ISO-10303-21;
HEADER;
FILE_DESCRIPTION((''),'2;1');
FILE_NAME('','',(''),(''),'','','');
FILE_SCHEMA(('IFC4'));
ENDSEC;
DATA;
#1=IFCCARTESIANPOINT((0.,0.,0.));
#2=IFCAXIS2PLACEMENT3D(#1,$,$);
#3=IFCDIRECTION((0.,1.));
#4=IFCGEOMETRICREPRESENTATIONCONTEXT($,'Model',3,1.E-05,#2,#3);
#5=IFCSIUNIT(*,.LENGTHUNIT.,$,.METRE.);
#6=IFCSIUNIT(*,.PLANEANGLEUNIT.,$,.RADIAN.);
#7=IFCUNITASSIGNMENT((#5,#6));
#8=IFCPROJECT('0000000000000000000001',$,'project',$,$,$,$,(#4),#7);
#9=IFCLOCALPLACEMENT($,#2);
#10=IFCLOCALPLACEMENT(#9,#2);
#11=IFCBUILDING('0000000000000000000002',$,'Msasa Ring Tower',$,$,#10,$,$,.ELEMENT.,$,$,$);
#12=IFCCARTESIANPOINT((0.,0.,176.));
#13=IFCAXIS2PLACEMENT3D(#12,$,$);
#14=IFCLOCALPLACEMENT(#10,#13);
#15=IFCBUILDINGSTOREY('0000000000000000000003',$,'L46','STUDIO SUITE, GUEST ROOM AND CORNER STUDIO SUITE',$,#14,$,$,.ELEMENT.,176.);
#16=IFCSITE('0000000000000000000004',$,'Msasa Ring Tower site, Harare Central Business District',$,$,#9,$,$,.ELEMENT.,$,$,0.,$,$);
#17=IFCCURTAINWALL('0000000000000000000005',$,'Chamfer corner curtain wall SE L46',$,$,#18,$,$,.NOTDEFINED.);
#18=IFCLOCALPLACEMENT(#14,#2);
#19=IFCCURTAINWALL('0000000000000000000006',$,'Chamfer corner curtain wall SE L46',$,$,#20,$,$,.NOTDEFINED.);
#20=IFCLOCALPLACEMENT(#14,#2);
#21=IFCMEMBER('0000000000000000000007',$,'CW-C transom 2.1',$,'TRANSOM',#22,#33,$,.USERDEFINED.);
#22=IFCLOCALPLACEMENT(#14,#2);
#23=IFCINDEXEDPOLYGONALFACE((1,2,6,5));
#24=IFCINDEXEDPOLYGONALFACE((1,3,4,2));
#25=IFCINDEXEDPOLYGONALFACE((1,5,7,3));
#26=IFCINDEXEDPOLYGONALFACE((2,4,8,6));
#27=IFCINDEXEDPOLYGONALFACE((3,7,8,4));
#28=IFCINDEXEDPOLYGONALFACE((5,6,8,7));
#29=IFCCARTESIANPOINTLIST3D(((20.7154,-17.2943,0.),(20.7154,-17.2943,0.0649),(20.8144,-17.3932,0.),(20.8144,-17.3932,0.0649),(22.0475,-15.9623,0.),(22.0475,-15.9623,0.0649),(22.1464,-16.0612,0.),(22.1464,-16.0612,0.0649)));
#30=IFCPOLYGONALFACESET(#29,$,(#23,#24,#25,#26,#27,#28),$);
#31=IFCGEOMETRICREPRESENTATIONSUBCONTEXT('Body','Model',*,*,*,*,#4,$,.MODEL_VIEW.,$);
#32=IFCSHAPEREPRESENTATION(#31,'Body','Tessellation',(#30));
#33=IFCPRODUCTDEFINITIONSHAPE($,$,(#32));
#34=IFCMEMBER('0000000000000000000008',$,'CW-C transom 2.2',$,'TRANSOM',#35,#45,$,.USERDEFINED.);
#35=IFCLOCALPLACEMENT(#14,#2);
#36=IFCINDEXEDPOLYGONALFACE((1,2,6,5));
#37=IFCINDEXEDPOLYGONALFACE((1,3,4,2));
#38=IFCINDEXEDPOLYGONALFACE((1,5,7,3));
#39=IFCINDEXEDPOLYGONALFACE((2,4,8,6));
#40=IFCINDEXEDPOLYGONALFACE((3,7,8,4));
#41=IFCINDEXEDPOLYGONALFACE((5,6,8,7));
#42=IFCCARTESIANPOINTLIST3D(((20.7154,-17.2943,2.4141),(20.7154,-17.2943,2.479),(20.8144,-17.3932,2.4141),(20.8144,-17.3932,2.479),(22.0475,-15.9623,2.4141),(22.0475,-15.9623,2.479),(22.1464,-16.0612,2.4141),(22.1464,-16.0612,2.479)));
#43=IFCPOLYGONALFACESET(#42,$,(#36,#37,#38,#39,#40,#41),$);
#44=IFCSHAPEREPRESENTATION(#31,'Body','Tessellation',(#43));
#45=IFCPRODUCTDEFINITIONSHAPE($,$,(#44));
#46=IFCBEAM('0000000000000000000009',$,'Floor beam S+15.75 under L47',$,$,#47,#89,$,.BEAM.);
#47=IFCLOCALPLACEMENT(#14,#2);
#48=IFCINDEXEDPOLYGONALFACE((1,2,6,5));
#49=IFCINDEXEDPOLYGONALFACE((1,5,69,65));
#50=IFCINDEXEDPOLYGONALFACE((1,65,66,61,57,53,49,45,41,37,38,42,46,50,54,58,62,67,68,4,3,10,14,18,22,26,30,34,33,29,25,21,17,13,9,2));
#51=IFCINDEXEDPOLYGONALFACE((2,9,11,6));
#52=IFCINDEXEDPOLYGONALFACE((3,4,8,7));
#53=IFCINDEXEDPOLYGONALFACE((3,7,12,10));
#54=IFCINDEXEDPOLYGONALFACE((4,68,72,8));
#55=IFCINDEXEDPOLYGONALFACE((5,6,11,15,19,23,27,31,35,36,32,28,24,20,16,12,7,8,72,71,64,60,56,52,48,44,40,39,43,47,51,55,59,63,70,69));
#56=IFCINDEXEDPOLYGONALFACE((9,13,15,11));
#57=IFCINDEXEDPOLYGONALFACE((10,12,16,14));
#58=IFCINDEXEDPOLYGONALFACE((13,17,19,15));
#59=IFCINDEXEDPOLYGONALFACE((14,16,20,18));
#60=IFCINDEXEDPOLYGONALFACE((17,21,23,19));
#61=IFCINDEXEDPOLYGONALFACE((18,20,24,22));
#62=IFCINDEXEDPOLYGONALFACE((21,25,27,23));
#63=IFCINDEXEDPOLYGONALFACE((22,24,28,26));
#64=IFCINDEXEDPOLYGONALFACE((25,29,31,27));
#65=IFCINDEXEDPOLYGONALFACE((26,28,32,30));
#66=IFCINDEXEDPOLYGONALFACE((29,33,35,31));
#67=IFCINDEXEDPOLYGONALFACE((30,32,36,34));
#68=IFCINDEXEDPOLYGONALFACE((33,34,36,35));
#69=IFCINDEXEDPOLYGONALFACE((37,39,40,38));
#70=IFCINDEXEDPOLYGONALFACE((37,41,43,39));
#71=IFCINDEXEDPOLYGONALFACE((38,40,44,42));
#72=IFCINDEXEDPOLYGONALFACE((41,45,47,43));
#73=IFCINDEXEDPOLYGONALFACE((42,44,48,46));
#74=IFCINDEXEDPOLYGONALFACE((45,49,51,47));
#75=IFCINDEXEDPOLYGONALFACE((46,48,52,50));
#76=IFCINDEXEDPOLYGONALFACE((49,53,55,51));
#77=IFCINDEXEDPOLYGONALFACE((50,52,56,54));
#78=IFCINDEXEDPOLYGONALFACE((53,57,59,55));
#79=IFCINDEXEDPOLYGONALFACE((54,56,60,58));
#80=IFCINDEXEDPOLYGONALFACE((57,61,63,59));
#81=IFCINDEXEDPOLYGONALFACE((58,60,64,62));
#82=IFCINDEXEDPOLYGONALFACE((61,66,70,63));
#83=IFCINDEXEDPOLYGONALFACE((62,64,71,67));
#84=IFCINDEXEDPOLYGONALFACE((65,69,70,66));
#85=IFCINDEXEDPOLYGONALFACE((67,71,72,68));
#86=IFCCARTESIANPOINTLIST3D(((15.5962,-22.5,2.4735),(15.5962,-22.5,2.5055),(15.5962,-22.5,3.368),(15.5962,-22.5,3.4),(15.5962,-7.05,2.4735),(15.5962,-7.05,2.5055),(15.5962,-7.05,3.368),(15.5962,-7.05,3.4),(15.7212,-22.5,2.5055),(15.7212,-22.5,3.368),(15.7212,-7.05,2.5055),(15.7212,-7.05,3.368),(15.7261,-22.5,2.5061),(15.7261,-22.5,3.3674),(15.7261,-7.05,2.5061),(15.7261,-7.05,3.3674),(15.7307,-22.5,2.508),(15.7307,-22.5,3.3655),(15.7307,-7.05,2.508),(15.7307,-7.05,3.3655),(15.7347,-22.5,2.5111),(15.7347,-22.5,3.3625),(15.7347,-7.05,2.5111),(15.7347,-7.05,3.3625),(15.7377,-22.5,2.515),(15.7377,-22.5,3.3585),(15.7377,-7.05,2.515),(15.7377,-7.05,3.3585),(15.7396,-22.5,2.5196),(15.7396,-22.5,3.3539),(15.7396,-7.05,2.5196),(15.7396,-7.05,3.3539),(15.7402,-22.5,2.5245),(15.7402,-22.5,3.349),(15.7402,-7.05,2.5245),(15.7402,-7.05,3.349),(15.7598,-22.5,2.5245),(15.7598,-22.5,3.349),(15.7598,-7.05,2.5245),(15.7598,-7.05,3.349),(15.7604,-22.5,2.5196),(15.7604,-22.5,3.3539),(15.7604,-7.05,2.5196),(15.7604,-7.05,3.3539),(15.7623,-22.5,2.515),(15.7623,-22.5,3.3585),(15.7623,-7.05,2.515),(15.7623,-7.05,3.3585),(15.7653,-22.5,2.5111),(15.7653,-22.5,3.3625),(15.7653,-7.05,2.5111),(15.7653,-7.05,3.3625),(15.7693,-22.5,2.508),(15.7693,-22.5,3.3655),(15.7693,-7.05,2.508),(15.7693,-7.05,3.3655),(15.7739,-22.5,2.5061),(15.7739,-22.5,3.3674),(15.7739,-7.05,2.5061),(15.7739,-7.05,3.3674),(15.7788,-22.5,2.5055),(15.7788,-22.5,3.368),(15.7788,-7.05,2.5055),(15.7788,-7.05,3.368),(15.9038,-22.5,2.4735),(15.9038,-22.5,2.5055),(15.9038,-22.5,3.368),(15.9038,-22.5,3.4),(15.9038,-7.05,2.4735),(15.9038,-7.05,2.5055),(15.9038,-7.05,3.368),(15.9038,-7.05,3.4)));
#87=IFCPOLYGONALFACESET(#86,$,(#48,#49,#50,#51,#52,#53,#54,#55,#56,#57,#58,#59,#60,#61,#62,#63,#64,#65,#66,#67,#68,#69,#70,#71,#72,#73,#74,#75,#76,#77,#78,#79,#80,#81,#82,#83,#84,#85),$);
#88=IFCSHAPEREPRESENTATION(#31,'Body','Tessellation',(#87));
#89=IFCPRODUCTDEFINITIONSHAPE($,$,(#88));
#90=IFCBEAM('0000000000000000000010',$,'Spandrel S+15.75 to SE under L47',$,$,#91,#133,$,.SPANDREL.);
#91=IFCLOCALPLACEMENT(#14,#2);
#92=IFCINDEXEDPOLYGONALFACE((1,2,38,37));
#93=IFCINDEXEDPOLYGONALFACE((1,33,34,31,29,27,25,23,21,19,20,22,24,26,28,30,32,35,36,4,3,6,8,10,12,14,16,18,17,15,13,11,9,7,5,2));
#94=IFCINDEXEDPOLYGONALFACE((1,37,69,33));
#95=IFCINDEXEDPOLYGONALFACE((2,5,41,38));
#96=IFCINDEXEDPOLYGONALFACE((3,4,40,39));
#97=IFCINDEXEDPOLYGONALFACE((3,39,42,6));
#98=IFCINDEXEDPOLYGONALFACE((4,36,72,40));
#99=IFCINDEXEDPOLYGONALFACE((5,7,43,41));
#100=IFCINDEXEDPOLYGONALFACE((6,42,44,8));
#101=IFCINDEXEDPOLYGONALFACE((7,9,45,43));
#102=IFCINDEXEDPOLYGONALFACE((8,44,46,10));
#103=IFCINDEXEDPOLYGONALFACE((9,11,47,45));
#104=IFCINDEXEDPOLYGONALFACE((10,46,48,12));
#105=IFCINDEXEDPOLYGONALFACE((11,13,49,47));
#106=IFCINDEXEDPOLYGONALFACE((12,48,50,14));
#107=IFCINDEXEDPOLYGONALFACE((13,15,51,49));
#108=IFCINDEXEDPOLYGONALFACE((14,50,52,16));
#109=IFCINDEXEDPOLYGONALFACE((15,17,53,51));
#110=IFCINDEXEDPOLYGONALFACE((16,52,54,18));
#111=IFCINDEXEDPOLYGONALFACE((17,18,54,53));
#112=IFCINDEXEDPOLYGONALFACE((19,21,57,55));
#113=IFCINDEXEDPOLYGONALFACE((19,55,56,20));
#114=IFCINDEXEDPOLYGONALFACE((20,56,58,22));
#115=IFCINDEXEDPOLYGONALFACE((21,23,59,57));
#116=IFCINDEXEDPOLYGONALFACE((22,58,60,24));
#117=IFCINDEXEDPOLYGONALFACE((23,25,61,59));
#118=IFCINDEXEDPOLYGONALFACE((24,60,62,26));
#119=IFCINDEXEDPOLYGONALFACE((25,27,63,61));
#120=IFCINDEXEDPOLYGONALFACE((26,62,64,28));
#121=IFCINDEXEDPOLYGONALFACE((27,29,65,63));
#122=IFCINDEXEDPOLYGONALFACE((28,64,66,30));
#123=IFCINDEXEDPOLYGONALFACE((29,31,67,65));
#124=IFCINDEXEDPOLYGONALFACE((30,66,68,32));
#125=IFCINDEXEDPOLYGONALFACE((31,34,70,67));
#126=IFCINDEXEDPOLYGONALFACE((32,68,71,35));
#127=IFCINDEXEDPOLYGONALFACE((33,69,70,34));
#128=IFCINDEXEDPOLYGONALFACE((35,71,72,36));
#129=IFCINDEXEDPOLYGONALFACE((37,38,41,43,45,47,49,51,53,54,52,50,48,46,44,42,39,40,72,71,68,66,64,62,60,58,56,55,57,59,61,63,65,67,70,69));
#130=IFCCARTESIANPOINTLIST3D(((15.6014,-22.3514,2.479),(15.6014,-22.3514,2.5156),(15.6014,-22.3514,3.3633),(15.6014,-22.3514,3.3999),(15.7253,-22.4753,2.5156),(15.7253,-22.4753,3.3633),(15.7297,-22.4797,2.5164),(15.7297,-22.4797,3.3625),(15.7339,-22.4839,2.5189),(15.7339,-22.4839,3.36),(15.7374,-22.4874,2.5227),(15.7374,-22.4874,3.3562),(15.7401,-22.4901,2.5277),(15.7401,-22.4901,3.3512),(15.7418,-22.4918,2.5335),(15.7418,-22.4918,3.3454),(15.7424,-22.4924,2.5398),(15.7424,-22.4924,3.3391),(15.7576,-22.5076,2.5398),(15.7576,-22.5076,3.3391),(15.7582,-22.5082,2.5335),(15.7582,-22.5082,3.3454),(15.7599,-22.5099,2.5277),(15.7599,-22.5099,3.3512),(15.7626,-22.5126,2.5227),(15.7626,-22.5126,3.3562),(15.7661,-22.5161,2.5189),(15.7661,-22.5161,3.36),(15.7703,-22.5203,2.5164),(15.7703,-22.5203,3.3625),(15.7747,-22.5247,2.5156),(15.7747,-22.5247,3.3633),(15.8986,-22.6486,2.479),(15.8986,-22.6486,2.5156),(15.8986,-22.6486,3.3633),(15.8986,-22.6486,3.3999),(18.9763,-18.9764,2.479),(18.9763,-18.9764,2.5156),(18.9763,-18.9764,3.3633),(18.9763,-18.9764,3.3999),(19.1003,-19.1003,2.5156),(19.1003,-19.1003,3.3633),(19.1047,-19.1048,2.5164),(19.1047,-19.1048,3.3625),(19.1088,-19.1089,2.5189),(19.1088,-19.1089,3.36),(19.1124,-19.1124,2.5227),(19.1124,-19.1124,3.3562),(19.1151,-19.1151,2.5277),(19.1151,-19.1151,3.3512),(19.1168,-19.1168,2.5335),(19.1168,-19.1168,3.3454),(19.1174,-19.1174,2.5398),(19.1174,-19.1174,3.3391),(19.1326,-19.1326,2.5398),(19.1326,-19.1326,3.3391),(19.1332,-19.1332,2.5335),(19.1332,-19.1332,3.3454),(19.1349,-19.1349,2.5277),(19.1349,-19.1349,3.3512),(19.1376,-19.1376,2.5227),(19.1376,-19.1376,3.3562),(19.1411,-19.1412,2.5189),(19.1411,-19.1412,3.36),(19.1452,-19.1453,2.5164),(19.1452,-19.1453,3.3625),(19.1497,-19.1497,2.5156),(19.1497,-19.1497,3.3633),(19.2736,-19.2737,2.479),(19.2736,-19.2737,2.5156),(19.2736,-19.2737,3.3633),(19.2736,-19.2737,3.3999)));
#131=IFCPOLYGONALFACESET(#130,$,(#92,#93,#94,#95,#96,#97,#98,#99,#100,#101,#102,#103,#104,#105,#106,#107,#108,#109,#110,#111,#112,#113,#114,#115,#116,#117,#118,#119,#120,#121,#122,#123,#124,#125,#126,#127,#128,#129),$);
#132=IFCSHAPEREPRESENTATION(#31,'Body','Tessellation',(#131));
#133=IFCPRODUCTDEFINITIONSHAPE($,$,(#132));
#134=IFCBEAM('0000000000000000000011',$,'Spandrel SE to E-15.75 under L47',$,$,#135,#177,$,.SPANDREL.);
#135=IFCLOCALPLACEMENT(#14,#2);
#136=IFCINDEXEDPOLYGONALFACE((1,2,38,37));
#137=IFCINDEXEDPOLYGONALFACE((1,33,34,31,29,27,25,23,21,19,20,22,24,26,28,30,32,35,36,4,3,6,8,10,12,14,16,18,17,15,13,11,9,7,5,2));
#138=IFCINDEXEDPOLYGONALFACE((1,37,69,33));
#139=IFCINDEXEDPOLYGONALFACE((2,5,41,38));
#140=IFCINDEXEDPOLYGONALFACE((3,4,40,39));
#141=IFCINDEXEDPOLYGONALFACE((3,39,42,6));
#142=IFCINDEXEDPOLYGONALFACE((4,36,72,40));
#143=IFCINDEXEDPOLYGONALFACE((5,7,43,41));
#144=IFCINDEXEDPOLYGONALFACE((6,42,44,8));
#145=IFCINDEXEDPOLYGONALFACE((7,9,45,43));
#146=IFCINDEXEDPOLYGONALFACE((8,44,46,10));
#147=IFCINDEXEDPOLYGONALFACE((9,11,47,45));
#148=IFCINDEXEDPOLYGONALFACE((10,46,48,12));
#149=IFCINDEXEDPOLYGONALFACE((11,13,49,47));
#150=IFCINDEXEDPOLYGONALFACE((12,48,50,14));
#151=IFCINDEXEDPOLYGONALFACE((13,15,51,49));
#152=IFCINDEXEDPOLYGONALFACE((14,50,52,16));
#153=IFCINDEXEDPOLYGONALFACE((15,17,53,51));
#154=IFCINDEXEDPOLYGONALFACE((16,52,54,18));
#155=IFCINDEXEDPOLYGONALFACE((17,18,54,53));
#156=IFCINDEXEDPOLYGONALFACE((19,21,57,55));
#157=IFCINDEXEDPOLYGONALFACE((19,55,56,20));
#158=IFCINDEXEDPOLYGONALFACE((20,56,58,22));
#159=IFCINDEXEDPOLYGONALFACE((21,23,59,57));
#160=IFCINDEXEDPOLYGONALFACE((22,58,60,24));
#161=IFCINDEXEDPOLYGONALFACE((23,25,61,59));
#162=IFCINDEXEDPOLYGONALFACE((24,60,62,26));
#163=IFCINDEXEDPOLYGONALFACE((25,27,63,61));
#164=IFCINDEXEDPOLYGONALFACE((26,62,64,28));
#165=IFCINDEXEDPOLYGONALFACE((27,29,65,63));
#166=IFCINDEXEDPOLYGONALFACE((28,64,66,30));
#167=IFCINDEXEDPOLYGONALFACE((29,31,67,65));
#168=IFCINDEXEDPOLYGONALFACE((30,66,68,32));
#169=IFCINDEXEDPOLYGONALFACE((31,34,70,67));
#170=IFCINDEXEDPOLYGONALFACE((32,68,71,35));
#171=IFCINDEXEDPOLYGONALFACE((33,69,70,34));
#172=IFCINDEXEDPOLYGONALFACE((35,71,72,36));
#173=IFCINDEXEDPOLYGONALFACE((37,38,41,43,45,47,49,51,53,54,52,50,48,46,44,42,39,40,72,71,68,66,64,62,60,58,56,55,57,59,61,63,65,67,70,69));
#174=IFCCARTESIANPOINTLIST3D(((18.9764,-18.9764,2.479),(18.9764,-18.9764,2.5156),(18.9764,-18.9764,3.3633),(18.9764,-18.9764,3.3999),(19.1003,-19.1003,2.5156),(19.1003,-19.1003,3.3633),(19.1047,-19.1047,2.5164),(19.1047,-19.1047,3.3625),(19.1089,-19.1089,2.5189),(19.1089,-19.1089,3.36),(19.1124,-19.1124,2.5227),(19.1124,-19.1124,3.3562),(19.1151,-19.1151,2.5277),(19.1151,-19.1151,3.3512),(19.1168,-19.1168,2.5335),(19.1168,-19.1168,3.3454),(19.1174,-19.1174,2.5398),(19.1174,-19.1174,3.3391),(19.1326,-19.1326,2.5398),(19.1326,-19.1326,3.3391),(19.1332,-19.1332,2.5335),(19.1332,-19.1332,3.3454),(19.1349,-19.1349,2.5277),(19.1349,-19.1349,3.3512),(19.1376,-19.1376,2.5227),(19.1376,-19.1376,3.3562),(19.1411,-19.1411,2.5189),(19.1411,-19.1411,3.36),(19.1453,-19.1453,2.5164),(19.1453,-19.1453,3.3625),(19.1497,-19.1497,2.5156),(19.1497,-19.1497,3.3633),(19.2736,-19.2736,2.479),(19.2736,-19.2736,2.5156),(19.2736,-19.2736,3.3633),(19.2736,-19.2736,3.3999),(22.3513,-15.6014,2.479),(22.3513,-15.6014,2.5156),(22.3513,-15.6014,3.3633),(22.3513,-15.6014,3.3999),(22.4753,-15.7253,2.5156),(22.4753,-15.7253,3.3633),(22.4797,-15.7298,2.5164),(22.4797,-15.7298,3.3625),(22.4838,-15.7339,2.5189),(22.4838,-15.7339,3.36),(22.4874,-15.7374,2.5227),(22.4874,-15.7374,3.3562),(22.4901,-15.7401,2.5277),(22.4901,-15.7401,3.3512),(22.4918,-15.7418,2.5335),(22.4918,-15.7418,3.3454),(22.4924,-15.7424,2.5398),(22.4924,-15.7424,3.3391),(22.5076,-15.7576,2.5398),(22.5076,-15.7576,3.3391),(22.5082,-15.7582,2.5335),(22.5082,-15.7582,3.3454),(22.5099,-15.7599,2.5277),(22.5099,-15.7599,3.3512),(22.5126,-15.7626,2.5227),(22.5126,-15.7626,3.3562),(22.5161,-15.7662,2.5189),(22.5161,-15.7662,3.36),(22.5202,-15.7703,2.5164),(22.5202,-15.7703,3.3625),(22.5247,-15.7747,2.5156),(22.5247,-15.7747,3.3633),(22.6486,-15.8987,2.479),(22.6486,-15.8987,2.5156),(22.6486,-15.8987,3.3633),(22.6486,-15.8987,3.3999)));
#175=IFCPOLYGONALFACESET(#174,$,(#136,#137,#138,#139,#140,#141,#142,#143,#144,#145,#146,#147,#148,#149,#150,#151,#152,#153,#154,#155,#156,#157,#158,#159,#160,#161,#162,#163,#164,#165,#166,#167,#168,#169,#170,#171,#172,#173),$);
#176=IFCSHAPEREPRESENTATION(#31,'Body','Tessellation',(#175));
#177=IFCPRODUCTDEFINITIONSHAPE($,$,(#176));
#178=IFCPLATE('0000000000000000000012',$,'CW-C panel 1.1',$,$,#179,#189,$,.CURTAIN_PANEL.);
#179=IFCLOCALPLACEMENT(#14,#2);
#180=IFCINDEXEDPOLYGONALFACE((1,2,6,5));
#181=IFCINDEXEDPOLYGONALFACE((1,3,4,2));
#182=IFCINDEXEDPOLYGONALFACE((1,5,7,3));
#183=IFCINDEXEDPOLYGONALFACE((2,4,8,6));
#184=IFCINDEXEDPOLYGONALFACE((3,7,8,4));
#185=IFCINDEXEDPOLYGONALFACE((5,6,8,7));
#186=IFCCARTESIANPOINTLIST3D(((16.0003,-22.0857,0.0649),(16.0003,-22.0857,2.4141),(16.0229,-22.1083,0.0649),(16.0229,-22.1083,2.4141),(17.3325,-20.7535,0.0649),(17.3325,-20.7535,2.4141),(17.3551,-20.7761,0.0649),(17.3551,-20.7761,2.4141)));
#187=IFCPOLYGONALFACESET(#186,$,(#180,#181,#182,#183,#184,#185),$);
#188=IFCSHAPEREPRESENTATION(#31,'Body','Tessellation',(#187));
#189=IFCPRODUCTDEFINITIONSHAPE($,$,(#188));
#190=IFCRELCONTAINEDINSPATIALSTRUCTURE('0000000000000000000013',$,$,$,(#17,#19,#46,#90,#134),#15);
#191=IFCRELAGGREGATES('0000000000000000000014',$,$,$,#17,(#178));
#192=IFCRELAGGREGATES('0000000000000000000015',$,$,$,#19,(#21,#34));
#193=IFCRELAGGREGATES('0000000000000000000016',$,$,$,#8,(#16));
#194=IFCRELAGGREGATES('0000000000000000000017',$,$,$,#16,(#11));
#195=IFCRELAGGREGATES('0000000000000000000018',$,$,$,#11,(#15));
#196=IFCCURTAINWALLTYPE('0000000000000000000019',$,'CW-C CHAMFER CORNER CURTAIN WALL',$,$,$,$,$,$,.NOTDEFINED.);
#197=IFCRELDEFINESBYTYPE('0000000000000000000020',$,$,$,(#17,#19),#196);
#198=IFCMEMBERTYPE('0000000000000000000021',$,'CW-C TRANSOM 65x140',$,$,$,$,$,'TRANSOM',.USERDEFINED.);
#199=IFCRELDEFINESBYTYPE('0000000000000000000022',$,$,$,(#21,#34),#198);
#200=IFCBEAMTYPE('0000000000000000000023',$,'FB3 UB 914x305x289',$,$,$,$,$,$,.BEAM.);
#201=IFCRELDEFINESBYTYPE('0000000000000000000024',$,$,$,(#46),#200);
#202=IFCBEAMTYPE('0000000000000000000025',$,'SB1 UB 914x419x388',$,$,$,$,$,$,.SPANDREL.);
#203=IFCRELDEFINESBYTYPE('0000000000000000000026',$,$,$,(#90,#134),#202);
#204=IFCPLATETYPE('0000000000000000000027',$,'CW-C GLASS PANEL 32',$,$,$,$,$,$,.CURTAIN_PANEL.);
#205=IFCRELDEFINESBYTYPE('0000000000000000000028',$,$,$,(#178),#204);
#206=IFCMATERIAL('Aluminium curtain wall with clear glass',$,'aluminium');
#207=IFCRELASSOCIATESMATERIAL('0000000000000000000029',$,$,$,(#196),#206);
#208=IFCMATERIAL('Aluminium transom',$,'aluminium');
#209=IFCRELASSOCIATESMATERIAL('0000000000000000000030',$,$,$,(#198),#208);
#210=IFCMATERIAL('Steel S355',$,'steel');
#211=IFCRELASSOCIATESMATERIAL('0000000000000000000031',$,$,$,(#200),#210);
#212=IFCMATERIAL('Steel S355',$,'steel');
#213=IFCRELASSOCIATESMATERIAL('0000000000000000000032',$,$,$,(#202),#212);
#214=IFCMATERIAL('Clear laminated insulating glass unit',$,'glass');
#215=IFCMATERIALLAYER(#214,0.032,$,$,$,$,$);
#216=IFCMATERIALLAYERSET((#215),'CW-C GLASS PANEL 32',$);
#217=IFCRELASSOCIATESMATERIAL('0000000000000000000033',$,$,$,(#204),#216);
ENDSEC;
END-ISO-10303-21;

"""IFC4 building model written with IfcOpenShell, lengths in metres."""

from ifc_helpers import new_model, si_unit, direction, frame, origin, origin_2d, place, context, subcontext, project, spatial, rectangle, i_section, extrude, material, layer, layer_set, material_profile, profile_set, type_object, element, aggregate, save


model = new_model("IFC4")

# Units and contexts
model_context = context("Model", 3, precision=1e-05, world=origin(), true_north=direction((0.0, 1.0)))
body_context = subcontext(model_context, "Body", "Model", "MODEL_VIEW")
ifc_project = project(units=[si_unit("LENGTHUNIT", "METRE"), si_unit("PLANEANGLEUNIT", "RADIAN")], contexts=[model_context])

# Site, building, storey
site_placement = place(None, origin())
site = spatial("IfcSite", under=ifc_project, at=site_placement, Name="Msasa Ring Tower site, Harare Central Business District", CompositionType="ELEMENT", RefElevation=0.0)
building_placement = place(site_placement, origin())
building = spatial("IfcBuilding", under=site, at=building_placement, Name="Msasa Ring Tower", CompositionType="ELEMENT")
storey_placement = place(building_placement, frame((0.0, 0.0, 176.0)))
storey = spatial("IfcBuildingStorey", under=building, at=storey_placement, Name="L46", Description="STUDIO SUITE, GUEST ROOM AND CORNER STUDIO SUITE", CompositionType="ELEMENT", Elevation=176.0)

# Curtain walls
ifc_material_1 = material(Name="Aluminium curtain wall with clear glass", Category="aluminium")
curtain_wall_type = type_object("IfcCurtainWallType", Name="CW-C CHAMFER CORNER CURTAIN WALL", PredefinedType="NOTDEFINED", material=ifc_material_1)
curtain_wall_1_placement = place(storey_placement, origin())
curtain_wall_1 = element("IfcCurtainWall", 1, at=curtain_wall_1_placement, inside=storey, type_object=curtain_wall_type, Name="Chamfer corner curtain wall SE L46", PredefinedType="NOTDEFINED")
curtain_wall_2_placement = place(storey_placement, origin())
curtain_wall_2 = element("IfcCurtainWall", 2, at=curtain_wall_2_placement, inside=storey, type_object=curtain_wall_type, Name="Chamfer corner curtain wall SE L46", PredefinedType="NOTDEFINED")

# Members
ifc_material_2 = material(Name="Aluminium transom", Category="aluminium")
ifc_material_profile_1 = material_profile(ifc_material_2, rectangle(XDim=0.1399, YDim=0.0649, at=origin_2d()), Name="AL 65x140")
ifc_profile_set_1 = profile_set([ifc_material_profile_1], Name="Aluminium transom")
member_type_1 = type_object("IfcMemberType", Name="CW-C TRANSOM 65x140", ElementType="TRANSOM", PredefinedType="USERDEFINED", material=ifc_profile_set_1)
member_1_placement = place(storey_placement, frame((20.7649, -17.3438, 0.0325), z_axis=(0.707107, 0.707107, 0.0), x_axis=(-0.707107, 0.707107, 0.0)))
member_1 = element("IfcMember", 3, at=member_1_placement, type_object=member_type_1, Name="CW-C transom 2.1", ObjectType="TRANSOM", PredefinedType="USERDEFINED", context=body_context, shape_type="SweptSolid", body=[
    extrude(rectangle(XDim=0.1399, YDim=0.0649, at=origin_2d()), origin(), (0.0, 0.0, 1.0), 1.8838),
])
member_2_placement = place(storey_placement, frame((20.7649, -17.3438, 2.4465), z_axis=(0.707107, 0.707107, 0.0), x_axis=(-0.707107, 0.707107, 0.0)))
member_2 = element("IfcMember", 4, at=member_2_placement, type_object=member_type_1, Name="CW-C transom 2.2", ObjectType="TRANSOM", PredefinedType="USERDEFINED", context=body_context, shape_type="SweptSolid", body=[
    extrude(rectangle(XDim=0.1399, YDim=0.0649, at=origin_2d()), origin(), (0.0, 0.0, 1.0), 1.8838),
])

# Beams
ifc_material_3 = material(Name="Steel S355", Category="steel")
ifc_material_profile_2 = material_profile(ifc_material_3, i_section(OverallWidth=0.3076, OverallDepth=0.9265, WebThickness=0.0195, FlangeThickness=0.032, FilletRadius=0.019, at=origin_2d()), Name="UB 914x305x289")
ifc_profile_set_2 = profile_set([ifc_material_profile_2], Name="Steel S355")
beam_type_1 = type_object("IfcBeamType", Name="FB3 UB 914x305x289", PredefinedType="BEAM", material=ifc_profile_set_2)
beam_placement = place(storey_placement, frame((15.75, -22.5, 2.9368), z_axis=(0.0, 1.0, 0.0), x_axis=(-1.0, 0.0, 0.0)))
element("IfcBeam", 5, at=beam_placement, inside=storey, type_object=beam_type_1, Name="Floor beam S+15.75 under L47", PredefinedType="BEAM", context=body_context, shape_type="SweptSolid", body=[
    extrude(i_section(OverallWidth=0.3076, OverallDepth=0.9265, WebThickness=0.0195, FlangeThickness=0.032, FilletRadius=0.019, at=origin_2d()), origin(), (0.0, 0.0, 1.0), 15.45),
])
ifc_material_4 = material(Name="Steel S355", Category="steel")
ifc_material_profile_3 = material_profile(ifc_material_4, i_section(OverallWidth=0.4204, OverallDepth=0.9209, WebThickness=0.0215, FlangeThickness=0.0366, FilletRadius=0.0242, at=origin_2d()), Name="UB 914x419x388")
ifc_profile_set_3 = profile_set([ifc_material_profile_3], Name="Steel S355")
beam_type_2 = type_object("IfcBeamType", Name="SB1 UB 914x419x388", PredefinedType="SPANDREL", material=ifc_profile_set_3)
for number, where, z_axis, x_axis, name in (
    (6, (15.75, -22.5, 2.9395), (0.707107, 0.707107, 0.0), (-0.707107, 0.707107, 0.0), "Spandrel S+15.75 to SE under L47"),
    (7, (19.125, -19.125, 2.9395), (0.707107, 0.707107, 0.0), (-0.707107, 0.707107, 0.0), "Spandrel SE to E-15.75 under L47"),
):
    element("IfcBeam", number, at=place(storey_placement, frame(where, z_axis=z_axis, x_axis=x_axis)), inside=storey, type_object=beam_type_2, Name=name, PredefinedType="SPANDREL", context=body_context, shape_type="SweptSolid", body=[
        extrude(i_section(OverallWidth=0.4204, OverallDepth=0.9209, WebThickness=0.0215, FlangeThickness=0.0366, FilletRadius=0.0242, at=origin_2d()), origin(), (0.0, 0.0, 1.0), 4.7729),
    ])

# Plate
ifc_material_5 = material(Name="Clear laminated insulating glass unit", Category="glass")
ifc_layer_1 = layer(ifc_material_5, 0.032)
ifc_layer_set_1 = layer_set([ifc_layer_1], Name="CW-C GLASS PANEL 32")
plate_type = type_object("IfcPlateType", Name="CW-C GLASS PANEL 32", PredefinedType="CURTAIN_PANEL", material=ifc_layer_set_1)
plate_1_placement = place(storey_placement, frame((16.6777, -21.4309, 0.0649), z_axis=(0.0, 0.0, 1.0), x_axis=(0.707107, 0.707107, 0.0)))
plate_1 = element("IfcPlate", 8, at=plate_1_placement, type_object=plate_type, Name="CW-C panel 1.1", PredefinedType="CURTAIN_PANEL", context=body_context, shape_type="SweptSolid", body=[
    extrude(rectangle(XDim=1.884, YDim=0.032, at=origin_2d()), origin(), (0.0, 0.0, 1.0), 2.3491),
])
aggregate(curtain_wall_1, [plate_1])
aggregate(curtain_wall_2, [member_1, member_2])

save(model, "model.ifc")
